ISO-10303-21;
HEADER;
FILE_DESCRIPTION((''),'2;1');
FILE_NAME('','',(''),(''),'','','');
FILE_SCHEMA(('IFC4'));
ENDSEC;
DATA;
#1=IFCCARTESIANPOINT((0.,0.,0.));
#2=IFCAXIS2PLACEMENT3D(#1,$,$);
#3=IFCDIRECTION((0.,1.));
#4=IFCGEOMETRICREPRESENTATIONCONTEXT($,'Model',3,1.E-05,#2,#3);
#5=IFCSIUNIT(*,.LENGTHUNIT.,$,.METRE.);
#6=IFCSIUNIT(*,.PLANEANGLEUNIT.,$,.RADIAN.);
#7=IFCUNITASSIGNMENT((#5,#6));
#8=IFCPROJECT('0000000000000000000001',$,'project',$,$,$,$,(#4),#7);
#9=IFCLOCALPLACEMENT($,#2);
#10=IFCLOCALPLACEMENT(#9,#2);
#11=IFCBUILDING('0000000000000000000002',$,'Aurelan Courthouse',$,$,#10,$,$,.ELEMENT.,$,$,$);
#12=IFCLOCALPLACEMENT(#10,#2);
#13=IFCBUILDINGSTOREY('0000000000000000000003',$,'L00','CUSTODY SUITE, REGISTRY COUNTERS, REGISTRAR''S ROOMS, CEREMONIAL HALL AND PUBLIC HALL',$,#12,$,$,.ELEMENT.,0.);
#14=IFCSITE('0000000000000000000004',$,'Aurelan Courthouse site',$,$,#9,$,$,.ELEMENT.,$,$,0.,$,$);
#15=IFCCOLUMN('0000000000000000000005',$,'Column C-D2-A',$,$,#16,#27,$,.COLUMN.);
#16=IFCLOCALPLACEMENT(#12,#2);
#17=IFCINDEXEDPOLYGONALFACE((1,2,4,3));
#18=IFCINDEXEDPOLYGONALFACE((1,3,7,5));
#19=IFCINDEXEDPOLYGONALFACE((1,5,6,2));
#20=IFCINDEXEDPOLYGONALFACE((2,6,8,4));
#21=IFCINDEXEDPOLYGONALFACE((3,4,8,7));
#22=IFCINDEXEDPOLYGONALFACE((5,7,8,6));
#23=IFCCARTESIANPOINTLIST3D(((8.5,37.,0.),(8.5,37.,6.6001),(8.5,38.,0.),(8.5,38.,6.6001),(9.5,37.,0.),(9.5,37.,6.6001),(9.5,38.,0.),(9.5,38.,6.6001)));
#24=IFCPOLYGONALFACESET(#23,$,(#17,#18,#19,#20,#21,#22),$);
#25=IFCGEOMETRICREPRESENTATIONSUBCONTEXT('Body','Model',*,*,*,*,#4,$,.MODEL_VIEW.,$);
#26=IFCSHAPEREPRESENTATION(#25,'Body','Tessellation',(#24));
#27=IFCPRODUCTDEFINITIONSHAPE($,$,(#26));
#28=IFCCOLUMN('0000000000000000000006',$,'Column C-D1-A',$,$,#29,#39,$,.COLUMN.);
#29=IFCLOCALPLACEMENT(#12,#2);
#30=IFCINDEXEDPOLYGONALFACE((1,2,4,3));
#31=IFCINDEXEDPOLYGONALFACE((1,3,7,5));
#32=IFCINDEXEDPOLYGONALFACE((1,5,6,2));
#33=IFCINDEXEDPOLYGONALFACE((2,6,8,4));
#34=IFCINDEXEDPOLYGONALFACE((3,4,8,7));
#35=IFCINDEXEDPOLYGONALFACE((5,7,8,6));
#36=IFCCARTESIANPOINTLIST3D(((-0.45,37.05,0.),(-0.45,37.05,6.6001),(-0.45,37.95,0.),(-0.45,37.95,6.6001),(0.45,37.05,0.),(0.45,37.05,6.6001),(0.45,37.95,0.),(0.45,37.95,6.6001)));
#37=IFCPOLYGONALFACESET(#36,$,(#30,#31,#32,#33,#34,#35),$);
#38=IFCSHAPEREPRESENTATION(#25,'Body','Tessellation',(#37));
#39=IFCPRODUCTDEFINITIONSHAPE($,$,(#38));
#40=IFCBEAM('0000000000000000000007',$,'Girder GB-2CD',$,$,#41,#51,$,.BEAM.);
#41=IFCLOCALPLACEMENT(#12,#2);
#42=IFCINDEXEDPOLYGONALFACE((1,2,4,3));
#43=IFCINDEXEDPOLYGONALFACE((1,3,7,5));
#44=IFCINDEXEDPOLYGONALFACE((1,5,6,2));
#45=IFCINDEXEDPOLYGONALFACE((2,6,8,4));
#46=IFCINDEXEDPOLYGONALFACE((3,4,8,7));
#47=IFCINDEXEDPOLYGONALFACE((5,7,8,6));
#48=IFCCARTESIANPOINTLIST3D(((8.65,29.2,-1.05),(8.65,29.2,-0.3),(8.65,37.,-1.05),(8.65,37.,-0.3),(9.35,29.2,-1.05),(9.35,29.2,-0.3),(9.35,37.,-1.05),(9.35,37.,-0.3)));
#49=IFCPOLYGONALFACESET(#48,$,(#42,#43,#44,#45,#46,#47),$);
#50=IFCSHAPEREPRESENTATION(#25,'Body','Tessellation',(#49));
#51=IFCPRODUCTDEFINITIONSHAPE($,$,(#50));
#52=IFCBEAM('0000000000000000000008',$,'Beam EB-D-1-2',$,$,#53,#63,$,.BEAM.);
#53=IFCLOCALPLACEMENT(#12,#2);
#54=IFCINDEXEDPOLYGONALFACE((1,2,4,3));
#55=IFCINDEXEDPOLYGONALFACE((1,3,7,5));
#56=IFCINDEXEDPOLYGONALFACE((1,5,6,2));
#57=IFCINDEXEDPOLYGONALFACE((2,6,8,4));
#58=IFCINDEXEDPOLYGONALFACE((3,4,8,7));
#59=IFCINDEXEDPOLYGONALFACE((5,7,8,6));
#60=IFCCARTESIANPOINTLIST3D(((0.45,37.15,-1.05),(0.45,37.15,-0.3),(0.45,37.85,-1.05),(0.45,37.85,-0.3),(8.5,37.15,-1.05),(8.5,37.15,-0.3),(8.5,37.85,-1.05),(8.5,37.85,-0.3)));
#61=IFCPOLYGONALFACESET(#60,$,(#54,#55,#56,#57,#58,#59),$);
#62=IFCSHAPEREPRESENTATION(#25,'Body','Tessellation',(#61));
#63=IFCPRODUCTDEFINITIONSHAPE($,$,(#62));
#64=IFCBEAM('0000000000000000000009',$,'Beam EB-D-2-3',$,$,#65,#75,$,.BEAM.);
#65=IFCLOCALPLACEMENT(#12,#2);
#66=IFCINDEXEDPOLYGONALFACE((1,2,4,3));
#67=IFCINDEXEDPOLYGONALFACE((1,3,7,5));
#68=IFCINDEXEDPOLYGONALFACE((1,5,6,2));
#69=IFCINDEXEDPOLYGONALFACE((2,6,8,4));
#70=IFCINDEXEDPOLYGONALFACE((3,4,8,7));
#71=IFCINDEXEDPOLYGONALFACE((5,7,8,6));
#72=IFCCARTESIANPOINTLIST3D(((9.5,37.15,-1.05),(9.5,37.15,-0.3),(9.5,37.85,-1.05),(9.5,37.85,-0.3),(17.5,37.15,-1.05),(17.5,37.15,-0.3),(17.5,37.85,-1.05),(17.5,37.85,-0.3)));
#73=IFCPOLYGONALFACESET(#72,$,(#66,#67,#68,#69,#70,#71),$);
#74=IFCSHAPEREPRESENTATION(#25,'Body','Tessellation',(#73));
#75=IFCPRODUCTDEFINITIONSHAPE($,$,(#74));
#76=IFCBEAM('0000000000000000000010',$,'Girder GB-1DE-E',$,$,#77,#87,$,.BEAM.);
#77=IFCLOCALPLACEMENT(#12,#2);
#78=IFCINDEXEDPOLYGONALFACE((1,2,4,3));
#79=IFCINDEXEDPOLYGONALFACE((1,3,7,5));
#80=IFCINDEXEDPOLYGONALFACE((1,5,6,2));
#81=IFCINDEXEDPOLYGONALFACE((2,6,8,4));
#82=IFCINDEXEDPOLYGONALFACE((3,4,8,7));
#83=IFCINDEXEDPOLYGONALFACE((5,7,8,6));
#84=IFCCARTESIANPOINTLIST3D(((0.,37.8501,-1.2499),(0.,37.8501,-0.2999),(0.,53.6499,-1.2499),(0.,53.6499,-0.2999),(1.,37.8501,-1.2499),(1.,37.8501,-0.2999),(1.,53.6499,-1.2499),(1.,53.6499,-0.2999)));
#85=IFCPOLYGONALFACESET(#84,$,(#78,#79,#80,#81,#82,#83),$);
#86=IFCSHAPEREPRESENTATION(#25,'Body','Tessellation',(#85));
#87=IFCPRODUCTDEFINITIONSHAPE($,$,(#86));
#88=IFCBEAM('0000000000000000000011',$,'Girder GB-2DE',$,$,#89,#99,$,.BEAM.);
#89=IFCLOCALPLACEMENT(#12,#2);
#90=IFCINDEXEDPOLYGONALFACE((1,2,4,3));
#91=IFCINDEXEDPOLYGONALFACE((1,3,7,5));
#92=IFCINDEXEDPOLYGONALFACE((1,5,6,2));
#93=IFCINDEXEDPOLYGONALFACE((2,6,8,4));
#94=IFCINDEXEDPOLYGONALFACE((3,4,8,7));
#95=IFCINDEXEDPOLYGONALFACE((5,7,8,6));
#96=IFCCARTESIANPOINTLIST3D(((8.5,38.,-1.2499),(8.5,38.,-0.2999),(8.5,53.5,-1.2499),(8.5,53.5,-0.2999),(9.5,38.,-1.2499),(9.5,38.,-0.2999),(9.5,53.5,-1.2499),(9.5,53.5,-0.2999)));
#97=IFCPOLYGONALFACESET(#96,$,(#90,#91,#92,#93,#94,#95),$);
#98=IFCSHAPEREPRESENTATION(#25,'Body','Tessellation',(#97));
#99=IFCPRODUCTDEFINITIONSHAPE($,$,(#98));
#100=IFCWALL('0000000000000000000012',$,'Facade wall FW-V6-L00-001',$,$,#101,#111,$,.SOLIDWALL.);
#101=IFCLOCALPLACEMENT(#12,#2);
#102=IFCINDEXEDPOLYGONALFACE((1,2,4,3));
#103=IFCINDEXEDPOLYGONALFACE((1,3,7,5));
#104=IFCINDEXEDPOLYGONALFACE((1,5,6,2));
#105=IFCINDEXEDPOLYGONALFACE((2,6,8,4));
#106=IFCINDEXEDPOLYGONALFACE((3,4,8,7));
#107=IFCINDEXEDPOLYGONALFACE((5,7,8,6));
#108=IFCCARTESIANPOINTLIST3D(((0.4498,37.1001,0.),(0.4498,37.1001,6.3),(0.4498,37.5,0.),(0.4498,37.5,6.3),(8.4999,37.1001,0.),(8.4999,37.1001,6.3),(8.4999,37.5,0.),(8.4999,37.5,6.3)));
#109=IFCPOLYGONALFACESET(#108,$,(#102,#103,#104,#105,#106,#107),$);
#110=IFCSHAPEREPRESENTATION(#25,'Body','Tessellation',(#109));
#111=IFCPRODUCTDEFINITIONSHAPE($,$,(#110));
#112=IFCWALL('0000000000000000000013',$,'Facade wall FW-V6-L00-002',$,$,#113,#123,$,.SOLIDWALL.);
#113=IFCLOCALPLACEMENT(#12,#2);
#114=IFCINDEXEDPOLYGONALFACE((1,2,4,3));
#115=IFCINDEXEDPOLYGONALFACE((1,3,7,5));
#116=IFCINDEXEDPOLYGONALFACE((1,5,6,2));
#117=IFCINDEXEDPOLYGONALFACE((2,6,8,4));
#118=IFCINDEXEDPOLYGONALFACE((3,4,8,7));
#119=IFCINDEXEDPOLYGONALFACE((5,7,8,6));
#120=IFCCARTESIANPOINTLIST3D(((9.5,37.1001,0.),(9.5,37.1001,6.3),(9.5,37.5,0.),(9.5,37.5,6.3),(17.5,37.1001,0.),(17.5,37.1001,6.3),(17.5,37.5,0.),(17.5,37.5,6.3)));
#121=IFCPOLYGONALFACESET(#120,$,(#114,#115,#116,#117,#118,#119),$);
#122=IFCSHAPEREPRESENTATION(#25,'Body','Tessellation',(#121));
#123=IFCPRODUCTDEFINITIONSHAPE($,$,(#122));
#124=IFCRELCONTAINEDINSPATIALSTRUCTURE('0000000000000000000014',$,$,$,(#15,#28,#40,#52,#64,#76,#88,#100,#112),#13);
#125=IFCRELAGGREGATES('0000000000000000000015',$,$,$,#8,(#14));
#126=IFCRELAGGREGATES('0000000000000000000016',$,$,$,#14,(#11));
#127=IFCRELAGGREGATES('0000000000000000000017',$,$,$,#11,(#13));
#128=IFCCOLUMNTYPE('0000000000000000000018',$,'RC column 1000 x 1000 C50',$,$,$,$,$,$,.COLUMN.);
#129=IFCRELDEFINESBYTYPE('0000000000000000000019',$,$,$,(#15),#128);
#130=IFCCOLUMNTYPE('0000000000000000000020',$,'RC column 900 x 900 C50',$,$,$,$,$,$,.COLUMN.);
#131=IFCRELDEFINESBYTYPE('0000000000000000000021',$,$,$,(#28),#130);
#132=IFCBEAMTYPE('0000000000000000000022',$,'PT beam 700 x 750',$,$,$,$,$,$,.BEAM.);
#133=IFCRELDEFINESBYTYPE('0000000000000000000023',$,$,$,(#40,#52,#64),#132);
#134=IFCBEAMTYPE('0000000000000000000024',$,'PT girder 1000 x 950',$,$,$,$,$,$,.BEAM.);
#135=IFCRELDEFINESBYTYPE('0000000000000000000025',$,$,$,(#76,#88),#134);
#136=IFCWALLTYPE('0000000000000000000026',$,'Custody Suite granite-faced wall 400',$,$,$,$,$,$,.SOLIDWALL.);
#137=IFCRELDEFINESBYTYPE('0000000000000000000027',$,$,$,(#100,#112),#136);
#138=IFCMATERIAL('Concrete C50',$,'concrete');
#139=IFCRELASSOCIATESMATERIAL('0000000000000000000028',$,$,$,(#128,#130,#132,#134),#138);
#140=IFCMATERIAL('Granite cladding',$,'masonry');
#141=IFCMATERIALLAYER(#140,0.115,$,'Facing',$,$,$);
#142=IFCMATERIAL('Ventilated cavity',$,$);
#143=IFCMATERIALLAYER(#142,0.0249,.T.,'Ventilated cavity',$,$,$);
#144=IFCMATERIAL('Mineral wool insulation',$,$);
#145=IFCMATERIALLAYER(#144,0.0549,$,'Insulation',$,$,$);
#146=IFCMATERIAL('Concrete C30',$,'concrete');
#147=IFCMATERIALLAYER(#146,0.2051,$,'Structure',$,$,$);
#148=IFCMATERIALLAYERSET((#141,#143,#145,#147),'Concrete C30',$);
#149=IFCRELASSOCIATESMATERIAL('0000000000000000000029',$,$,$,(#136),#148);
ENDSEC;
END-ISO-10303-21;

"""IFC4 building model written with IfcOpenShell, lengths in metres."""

from ifc_helpers import new_model, si_unit, direction, frame, frame_2d, origin, origin_2d, place, context, subcontext, project, spatial, rectangle, extrude, material, layer, layer_set, material_profile, profile_set, type_object, element, save


model = new_model("IFC4")

# Units and contexts
model_context = context("Model", 3, precision=1e-05, world=origin(), true_north=direction((0.0, 1.0)))
body_context = subcontext(model_context, "Body", "Model", "MODEL_VIEW")
ifc_project = project(units=[si_unit("LENGTHUNIT", "METRE"), si_unit("PLANEANGLEUNIT", "RADIAN")], contexts=[model_context])

# Site, building, storey
site_placement = place(None, origin())
site = spatial("IfcSite", under=ifc_project, at=site_placement, Name="Aurelan Courthouse site", CompositionType="ELEMENT", RefElevation=0.0)
building_placement = place(site_placement, origin())
building = spatial("IfcBuilding", under=site, at=building_placement, Name="Aurelan Courthouse", CompositionType="ELEMENT")
storey_placement = place(building_placement, origin())
storey = spatial("IfcBuildingStorey", under=building, at=storey_placement, Name="L00", Description="CUSTODY SUITE, REGISTRY COUNTERS, REGISTRAR'S ROOMS, CEREMONIAL HALL AND PUBLIC HALL", CompositionType="ELEMENT", Elevation=0.0)

# Columns
ifc_material_1 = material(Name="Concrete C50", Category="concrete")
ifc_material_profile_1 = material_profile(ifc_material_1, rectangle(XDim=1.0, YDim=1.0, at=origin_2d()), Name="RC 1000 x 1000")
ifc_profile_set_1 = profile_set([ifc_material_profile_1], Name="Concrete C50")
column_type_1 = type_object("IfcColumnType", Name="RC column 1000 x 1000 C50", PredefinedType="COLUMN", material=ifc_profile_set_1)
column_1_placement = place(storey_placement, frame((9.0, 37.5, 0.0), z_axis=(0.0, 0.0, 1.0), x_axis=(1.0, 0.0, 0.0)))
element("IfcColumn", 1, at=column_1_placement, inside=storey, type_object=column_type_1, Name="Column C-D2-A", PredefinedType="COLUMN", context=body_context, shape_type="SweptSolid", body=[
    extrude(rectangle(XDim=1.0, YDim=1.0, at=origin_2d()), origin(), (0.0, 0.0, 1.0), 6.6001),
])
ifc_material_profile_2 = material_profile(ifc_material_1, rectangle(XDim=0.8999, YDim=0.8999, at=origin_2d()), Name="RC 900 x 900")
ifc_profile_set_2 = profile_set([ifc_material_profile_2], Name="Concrete C50")
column_type_2 = type_object("IfcColumnType", Name="RC column 900 x 900 C50", PredefinedType="COLUMN", material=ifc_profile_set_2)
column_2_placement = place(storey_placement, frame((0.0, 37.5, 0.0), z_axis=(0.0, 0.0, 1.0), x_axis=(1.0, 0.0, 0.0)))
element("IfcColumn", 2, at=column_2_placement, inside=storey, type_object=column_type_2, Name="Column C-D1-A", PredefinedType="COLUMN", context=body_context, shape_type="SweptSolid", body=[
    extrude(rectangle(XDim=0.8999, YDim=0.8999, at=origin_2d()), origin(), (0.0, 0.0, 1.0), 6.6001),
])

# Beams
ifc_material_profile_3 = material_profile(ifc_material_1, rectangle(XDim=0.7, YDim=0.75, at=origin_2d()), Name="RC 700 x 750")
ifc_profile_set_3 = profile_set([ifc_material_profile_3], Name="Concrete C50")
beam_type_1 = type_object("IfcBeamType", Name="PT beam 700 x 750", PredefinedType="BEAM", material=ifc_profile_set_3)
beam_1_placement = place(storey_placement, frame((9.0, 29.2, -0.675), z_axis=(0.0, 1.0, 0.0), x_axis=(-1.0, 0.0, 0.0)))
element("IfcBeam", 3, at=beam_1_placement, inside=storey, type_object=beam_type_1, Name="Girder GB-2CD", PredefinedType="BEAM", context=body_context, shape_type="SweptSolid", body=[
    extrude(rectangle(XDim=0.7, YDim=0.75, at=origin_2d()), origin(), (0.0, 0.0, 1.0), 7.8),
])
beam_2_placement = place(storey_placement, frame((0.45, 37.5, -0.675), z_axis=(1.0, 0.0, 0.0), x_axis=(0.0, 1.0, 0.0)))
element("IfcBeam", 4, at=beam_2_placement, inside=storey, type_object=beam_type_1, Name="Beam EB-D-1-2", PredefinedType="BEAM", context=body_context, shape_type="SweptSolid", body=[
    extrude(rectangle(XDim=0.7, YDim=0.75, at=origin_2d()), origin(), (0.0, 0.0, 1.0), 8.05),
])
beam_3_placement = place(storey_placement, frame((9.5, 37.5, -0.675), z_axis=(1.0, 0.0, 0.0), x_axis=(0.0, 1.0, 0.0)))
element("IfcBeam", 5, at=beam_3_placement, inside=storey, type_object=beam_type_1, Name="Beam EB-D-2-3", PredefinedType="BEAM", context=body_context, shape_type="SweptSolid", body=[
    extrude(rectangle(XDim=0.7, YDim=0.75, at=origin_2d()), origin(), (0.0, 0.0, 1.0), 8.0),
])
ifc_material_profile_4 = material_profile(ifc_material_1, rectangle(XDim=1.0, YDim=0.95, at=origin_2d()), Name="RC 1000 x 950")
ifc_profile_set_4 = profile_set([ifc_material_profile_4], Name="Concrete C50")
beam_type_2 = type_object("IfcBeamType", Name="PT girder 1000 x 950", PredefinedType="BEAM", material=ifc_profile_set_4)
beam_4_placement = place(storey_placement, frame((0.5, 37.8501, -0.7749), z_axis=(0.0, 1.0, 0.0), x_axis=(-1.0, 0.0, 0.0)))
element("IfcBeam", 6, at=beam_4_placement, inside=storey, type_object=beam_type_2, Name="Girder GB-1DE-E", PredefinedType="BEAM", context=body_context, shape_type="SweptSolid", body=[
    extrude(rectangle(XDim=1.0, YDim=0.95, at=origin_2d()), origin(), (0.0, 0.0, 1.0), 15.7998),
])
beam_5_placement = place(storey_placement, frame((9.0, 38.0, -0.7749), z_axis=(0.0, 1.0, 0.0), x_axis=(-1.0, 0.0, 0.0)))
element("IfcBeam", 7, at=beam_5_placement, inside=storey, type_object=beam_type_2, Name="Girder GB-2DE", PredefinedType="BEAM", context=body_context, shape_type="SweptSolid", body=[
    extrude(rectangle(XDim=1.0, YDim=0.95, at=origin_2d()), origin(), (0.0, 0.0, 1.0), 15.5),
])

# Walls
ifc_material_2 = material(Name="Granite cladding", Category="masonry")
ifc_layer_1 = layer(ifc_material_2, 0.115, Name="Facing")
ifc_material_3 = material(Name="Ventilated cavity")
ifc_layer_2 = layer(ifc_material_3, 0.0249, ventilated=True, Name="Ventilated cavity")
ifc_material_4 = material(Name="Mineral wool insulation")
ifc_layer_3 = layer(ifc_material_4, 0.0549, Name="Insulation")
ifc_material_5 = material(Name="Concrete C30", Category="concrete")
ifc_layer_4 = layer(ifc_material_5, 0.2051, Name="Structure")
ifc_layer_set_1 = layer_set([ifc_layer_1, ifc_layer_2, ifc_layer_3, ifc_layer_4], Name="Concrete C30")
wall_type = type_object("IfcWallType", Name="Custody Suite granite-faced wall 400", PredefinedType="SOLIDWALL", material=ifc_layer_set_1)
wall_1_placement = place(storey_placement, frame((0.45, 37.3, 0.0), z_axis=(0.0, 0.0, 1.0), x_axis=(1.0, 0.0, 0.0)))
element("IfcWall", 8, at=wall_1_placement, inside=storey, type_object=wall_type, Name="Facade wall FW-V6-L00-001", PredefinedType="SOLIDWALL", context=body_context, shape_type="SweptSolid", body=[
    extrude(rectangle(XDim=8.05, YDim=0.3999, at=frame_2d((4.0249, 0.0))), origin(), (0.0, 0.0, 1.0), 6.3),
])
wall_2_placement = place(storey_placement, frame((9.5, 37.3, 0.0), z_axis=(0.0, 0.0, 1.0), x_axis=(1.0, 0.0, 0.0)))
element("IfcWall", 9, at=wall_2_placement, inside=storey, type_object=wall_type, Name="Facade wall FW-V6-L00-002", PredefinedType="SOLIDWALL", context=body_context, shape_type="SweptSolid", body=[
    extrude(rectangle(XDim=8.0, YDim=0.3999, at=frame_2d((4.0, 0.0))), origin(), (0.0, 0.0, 1.0), 6.3),
])

save(model, "model.ifc")
